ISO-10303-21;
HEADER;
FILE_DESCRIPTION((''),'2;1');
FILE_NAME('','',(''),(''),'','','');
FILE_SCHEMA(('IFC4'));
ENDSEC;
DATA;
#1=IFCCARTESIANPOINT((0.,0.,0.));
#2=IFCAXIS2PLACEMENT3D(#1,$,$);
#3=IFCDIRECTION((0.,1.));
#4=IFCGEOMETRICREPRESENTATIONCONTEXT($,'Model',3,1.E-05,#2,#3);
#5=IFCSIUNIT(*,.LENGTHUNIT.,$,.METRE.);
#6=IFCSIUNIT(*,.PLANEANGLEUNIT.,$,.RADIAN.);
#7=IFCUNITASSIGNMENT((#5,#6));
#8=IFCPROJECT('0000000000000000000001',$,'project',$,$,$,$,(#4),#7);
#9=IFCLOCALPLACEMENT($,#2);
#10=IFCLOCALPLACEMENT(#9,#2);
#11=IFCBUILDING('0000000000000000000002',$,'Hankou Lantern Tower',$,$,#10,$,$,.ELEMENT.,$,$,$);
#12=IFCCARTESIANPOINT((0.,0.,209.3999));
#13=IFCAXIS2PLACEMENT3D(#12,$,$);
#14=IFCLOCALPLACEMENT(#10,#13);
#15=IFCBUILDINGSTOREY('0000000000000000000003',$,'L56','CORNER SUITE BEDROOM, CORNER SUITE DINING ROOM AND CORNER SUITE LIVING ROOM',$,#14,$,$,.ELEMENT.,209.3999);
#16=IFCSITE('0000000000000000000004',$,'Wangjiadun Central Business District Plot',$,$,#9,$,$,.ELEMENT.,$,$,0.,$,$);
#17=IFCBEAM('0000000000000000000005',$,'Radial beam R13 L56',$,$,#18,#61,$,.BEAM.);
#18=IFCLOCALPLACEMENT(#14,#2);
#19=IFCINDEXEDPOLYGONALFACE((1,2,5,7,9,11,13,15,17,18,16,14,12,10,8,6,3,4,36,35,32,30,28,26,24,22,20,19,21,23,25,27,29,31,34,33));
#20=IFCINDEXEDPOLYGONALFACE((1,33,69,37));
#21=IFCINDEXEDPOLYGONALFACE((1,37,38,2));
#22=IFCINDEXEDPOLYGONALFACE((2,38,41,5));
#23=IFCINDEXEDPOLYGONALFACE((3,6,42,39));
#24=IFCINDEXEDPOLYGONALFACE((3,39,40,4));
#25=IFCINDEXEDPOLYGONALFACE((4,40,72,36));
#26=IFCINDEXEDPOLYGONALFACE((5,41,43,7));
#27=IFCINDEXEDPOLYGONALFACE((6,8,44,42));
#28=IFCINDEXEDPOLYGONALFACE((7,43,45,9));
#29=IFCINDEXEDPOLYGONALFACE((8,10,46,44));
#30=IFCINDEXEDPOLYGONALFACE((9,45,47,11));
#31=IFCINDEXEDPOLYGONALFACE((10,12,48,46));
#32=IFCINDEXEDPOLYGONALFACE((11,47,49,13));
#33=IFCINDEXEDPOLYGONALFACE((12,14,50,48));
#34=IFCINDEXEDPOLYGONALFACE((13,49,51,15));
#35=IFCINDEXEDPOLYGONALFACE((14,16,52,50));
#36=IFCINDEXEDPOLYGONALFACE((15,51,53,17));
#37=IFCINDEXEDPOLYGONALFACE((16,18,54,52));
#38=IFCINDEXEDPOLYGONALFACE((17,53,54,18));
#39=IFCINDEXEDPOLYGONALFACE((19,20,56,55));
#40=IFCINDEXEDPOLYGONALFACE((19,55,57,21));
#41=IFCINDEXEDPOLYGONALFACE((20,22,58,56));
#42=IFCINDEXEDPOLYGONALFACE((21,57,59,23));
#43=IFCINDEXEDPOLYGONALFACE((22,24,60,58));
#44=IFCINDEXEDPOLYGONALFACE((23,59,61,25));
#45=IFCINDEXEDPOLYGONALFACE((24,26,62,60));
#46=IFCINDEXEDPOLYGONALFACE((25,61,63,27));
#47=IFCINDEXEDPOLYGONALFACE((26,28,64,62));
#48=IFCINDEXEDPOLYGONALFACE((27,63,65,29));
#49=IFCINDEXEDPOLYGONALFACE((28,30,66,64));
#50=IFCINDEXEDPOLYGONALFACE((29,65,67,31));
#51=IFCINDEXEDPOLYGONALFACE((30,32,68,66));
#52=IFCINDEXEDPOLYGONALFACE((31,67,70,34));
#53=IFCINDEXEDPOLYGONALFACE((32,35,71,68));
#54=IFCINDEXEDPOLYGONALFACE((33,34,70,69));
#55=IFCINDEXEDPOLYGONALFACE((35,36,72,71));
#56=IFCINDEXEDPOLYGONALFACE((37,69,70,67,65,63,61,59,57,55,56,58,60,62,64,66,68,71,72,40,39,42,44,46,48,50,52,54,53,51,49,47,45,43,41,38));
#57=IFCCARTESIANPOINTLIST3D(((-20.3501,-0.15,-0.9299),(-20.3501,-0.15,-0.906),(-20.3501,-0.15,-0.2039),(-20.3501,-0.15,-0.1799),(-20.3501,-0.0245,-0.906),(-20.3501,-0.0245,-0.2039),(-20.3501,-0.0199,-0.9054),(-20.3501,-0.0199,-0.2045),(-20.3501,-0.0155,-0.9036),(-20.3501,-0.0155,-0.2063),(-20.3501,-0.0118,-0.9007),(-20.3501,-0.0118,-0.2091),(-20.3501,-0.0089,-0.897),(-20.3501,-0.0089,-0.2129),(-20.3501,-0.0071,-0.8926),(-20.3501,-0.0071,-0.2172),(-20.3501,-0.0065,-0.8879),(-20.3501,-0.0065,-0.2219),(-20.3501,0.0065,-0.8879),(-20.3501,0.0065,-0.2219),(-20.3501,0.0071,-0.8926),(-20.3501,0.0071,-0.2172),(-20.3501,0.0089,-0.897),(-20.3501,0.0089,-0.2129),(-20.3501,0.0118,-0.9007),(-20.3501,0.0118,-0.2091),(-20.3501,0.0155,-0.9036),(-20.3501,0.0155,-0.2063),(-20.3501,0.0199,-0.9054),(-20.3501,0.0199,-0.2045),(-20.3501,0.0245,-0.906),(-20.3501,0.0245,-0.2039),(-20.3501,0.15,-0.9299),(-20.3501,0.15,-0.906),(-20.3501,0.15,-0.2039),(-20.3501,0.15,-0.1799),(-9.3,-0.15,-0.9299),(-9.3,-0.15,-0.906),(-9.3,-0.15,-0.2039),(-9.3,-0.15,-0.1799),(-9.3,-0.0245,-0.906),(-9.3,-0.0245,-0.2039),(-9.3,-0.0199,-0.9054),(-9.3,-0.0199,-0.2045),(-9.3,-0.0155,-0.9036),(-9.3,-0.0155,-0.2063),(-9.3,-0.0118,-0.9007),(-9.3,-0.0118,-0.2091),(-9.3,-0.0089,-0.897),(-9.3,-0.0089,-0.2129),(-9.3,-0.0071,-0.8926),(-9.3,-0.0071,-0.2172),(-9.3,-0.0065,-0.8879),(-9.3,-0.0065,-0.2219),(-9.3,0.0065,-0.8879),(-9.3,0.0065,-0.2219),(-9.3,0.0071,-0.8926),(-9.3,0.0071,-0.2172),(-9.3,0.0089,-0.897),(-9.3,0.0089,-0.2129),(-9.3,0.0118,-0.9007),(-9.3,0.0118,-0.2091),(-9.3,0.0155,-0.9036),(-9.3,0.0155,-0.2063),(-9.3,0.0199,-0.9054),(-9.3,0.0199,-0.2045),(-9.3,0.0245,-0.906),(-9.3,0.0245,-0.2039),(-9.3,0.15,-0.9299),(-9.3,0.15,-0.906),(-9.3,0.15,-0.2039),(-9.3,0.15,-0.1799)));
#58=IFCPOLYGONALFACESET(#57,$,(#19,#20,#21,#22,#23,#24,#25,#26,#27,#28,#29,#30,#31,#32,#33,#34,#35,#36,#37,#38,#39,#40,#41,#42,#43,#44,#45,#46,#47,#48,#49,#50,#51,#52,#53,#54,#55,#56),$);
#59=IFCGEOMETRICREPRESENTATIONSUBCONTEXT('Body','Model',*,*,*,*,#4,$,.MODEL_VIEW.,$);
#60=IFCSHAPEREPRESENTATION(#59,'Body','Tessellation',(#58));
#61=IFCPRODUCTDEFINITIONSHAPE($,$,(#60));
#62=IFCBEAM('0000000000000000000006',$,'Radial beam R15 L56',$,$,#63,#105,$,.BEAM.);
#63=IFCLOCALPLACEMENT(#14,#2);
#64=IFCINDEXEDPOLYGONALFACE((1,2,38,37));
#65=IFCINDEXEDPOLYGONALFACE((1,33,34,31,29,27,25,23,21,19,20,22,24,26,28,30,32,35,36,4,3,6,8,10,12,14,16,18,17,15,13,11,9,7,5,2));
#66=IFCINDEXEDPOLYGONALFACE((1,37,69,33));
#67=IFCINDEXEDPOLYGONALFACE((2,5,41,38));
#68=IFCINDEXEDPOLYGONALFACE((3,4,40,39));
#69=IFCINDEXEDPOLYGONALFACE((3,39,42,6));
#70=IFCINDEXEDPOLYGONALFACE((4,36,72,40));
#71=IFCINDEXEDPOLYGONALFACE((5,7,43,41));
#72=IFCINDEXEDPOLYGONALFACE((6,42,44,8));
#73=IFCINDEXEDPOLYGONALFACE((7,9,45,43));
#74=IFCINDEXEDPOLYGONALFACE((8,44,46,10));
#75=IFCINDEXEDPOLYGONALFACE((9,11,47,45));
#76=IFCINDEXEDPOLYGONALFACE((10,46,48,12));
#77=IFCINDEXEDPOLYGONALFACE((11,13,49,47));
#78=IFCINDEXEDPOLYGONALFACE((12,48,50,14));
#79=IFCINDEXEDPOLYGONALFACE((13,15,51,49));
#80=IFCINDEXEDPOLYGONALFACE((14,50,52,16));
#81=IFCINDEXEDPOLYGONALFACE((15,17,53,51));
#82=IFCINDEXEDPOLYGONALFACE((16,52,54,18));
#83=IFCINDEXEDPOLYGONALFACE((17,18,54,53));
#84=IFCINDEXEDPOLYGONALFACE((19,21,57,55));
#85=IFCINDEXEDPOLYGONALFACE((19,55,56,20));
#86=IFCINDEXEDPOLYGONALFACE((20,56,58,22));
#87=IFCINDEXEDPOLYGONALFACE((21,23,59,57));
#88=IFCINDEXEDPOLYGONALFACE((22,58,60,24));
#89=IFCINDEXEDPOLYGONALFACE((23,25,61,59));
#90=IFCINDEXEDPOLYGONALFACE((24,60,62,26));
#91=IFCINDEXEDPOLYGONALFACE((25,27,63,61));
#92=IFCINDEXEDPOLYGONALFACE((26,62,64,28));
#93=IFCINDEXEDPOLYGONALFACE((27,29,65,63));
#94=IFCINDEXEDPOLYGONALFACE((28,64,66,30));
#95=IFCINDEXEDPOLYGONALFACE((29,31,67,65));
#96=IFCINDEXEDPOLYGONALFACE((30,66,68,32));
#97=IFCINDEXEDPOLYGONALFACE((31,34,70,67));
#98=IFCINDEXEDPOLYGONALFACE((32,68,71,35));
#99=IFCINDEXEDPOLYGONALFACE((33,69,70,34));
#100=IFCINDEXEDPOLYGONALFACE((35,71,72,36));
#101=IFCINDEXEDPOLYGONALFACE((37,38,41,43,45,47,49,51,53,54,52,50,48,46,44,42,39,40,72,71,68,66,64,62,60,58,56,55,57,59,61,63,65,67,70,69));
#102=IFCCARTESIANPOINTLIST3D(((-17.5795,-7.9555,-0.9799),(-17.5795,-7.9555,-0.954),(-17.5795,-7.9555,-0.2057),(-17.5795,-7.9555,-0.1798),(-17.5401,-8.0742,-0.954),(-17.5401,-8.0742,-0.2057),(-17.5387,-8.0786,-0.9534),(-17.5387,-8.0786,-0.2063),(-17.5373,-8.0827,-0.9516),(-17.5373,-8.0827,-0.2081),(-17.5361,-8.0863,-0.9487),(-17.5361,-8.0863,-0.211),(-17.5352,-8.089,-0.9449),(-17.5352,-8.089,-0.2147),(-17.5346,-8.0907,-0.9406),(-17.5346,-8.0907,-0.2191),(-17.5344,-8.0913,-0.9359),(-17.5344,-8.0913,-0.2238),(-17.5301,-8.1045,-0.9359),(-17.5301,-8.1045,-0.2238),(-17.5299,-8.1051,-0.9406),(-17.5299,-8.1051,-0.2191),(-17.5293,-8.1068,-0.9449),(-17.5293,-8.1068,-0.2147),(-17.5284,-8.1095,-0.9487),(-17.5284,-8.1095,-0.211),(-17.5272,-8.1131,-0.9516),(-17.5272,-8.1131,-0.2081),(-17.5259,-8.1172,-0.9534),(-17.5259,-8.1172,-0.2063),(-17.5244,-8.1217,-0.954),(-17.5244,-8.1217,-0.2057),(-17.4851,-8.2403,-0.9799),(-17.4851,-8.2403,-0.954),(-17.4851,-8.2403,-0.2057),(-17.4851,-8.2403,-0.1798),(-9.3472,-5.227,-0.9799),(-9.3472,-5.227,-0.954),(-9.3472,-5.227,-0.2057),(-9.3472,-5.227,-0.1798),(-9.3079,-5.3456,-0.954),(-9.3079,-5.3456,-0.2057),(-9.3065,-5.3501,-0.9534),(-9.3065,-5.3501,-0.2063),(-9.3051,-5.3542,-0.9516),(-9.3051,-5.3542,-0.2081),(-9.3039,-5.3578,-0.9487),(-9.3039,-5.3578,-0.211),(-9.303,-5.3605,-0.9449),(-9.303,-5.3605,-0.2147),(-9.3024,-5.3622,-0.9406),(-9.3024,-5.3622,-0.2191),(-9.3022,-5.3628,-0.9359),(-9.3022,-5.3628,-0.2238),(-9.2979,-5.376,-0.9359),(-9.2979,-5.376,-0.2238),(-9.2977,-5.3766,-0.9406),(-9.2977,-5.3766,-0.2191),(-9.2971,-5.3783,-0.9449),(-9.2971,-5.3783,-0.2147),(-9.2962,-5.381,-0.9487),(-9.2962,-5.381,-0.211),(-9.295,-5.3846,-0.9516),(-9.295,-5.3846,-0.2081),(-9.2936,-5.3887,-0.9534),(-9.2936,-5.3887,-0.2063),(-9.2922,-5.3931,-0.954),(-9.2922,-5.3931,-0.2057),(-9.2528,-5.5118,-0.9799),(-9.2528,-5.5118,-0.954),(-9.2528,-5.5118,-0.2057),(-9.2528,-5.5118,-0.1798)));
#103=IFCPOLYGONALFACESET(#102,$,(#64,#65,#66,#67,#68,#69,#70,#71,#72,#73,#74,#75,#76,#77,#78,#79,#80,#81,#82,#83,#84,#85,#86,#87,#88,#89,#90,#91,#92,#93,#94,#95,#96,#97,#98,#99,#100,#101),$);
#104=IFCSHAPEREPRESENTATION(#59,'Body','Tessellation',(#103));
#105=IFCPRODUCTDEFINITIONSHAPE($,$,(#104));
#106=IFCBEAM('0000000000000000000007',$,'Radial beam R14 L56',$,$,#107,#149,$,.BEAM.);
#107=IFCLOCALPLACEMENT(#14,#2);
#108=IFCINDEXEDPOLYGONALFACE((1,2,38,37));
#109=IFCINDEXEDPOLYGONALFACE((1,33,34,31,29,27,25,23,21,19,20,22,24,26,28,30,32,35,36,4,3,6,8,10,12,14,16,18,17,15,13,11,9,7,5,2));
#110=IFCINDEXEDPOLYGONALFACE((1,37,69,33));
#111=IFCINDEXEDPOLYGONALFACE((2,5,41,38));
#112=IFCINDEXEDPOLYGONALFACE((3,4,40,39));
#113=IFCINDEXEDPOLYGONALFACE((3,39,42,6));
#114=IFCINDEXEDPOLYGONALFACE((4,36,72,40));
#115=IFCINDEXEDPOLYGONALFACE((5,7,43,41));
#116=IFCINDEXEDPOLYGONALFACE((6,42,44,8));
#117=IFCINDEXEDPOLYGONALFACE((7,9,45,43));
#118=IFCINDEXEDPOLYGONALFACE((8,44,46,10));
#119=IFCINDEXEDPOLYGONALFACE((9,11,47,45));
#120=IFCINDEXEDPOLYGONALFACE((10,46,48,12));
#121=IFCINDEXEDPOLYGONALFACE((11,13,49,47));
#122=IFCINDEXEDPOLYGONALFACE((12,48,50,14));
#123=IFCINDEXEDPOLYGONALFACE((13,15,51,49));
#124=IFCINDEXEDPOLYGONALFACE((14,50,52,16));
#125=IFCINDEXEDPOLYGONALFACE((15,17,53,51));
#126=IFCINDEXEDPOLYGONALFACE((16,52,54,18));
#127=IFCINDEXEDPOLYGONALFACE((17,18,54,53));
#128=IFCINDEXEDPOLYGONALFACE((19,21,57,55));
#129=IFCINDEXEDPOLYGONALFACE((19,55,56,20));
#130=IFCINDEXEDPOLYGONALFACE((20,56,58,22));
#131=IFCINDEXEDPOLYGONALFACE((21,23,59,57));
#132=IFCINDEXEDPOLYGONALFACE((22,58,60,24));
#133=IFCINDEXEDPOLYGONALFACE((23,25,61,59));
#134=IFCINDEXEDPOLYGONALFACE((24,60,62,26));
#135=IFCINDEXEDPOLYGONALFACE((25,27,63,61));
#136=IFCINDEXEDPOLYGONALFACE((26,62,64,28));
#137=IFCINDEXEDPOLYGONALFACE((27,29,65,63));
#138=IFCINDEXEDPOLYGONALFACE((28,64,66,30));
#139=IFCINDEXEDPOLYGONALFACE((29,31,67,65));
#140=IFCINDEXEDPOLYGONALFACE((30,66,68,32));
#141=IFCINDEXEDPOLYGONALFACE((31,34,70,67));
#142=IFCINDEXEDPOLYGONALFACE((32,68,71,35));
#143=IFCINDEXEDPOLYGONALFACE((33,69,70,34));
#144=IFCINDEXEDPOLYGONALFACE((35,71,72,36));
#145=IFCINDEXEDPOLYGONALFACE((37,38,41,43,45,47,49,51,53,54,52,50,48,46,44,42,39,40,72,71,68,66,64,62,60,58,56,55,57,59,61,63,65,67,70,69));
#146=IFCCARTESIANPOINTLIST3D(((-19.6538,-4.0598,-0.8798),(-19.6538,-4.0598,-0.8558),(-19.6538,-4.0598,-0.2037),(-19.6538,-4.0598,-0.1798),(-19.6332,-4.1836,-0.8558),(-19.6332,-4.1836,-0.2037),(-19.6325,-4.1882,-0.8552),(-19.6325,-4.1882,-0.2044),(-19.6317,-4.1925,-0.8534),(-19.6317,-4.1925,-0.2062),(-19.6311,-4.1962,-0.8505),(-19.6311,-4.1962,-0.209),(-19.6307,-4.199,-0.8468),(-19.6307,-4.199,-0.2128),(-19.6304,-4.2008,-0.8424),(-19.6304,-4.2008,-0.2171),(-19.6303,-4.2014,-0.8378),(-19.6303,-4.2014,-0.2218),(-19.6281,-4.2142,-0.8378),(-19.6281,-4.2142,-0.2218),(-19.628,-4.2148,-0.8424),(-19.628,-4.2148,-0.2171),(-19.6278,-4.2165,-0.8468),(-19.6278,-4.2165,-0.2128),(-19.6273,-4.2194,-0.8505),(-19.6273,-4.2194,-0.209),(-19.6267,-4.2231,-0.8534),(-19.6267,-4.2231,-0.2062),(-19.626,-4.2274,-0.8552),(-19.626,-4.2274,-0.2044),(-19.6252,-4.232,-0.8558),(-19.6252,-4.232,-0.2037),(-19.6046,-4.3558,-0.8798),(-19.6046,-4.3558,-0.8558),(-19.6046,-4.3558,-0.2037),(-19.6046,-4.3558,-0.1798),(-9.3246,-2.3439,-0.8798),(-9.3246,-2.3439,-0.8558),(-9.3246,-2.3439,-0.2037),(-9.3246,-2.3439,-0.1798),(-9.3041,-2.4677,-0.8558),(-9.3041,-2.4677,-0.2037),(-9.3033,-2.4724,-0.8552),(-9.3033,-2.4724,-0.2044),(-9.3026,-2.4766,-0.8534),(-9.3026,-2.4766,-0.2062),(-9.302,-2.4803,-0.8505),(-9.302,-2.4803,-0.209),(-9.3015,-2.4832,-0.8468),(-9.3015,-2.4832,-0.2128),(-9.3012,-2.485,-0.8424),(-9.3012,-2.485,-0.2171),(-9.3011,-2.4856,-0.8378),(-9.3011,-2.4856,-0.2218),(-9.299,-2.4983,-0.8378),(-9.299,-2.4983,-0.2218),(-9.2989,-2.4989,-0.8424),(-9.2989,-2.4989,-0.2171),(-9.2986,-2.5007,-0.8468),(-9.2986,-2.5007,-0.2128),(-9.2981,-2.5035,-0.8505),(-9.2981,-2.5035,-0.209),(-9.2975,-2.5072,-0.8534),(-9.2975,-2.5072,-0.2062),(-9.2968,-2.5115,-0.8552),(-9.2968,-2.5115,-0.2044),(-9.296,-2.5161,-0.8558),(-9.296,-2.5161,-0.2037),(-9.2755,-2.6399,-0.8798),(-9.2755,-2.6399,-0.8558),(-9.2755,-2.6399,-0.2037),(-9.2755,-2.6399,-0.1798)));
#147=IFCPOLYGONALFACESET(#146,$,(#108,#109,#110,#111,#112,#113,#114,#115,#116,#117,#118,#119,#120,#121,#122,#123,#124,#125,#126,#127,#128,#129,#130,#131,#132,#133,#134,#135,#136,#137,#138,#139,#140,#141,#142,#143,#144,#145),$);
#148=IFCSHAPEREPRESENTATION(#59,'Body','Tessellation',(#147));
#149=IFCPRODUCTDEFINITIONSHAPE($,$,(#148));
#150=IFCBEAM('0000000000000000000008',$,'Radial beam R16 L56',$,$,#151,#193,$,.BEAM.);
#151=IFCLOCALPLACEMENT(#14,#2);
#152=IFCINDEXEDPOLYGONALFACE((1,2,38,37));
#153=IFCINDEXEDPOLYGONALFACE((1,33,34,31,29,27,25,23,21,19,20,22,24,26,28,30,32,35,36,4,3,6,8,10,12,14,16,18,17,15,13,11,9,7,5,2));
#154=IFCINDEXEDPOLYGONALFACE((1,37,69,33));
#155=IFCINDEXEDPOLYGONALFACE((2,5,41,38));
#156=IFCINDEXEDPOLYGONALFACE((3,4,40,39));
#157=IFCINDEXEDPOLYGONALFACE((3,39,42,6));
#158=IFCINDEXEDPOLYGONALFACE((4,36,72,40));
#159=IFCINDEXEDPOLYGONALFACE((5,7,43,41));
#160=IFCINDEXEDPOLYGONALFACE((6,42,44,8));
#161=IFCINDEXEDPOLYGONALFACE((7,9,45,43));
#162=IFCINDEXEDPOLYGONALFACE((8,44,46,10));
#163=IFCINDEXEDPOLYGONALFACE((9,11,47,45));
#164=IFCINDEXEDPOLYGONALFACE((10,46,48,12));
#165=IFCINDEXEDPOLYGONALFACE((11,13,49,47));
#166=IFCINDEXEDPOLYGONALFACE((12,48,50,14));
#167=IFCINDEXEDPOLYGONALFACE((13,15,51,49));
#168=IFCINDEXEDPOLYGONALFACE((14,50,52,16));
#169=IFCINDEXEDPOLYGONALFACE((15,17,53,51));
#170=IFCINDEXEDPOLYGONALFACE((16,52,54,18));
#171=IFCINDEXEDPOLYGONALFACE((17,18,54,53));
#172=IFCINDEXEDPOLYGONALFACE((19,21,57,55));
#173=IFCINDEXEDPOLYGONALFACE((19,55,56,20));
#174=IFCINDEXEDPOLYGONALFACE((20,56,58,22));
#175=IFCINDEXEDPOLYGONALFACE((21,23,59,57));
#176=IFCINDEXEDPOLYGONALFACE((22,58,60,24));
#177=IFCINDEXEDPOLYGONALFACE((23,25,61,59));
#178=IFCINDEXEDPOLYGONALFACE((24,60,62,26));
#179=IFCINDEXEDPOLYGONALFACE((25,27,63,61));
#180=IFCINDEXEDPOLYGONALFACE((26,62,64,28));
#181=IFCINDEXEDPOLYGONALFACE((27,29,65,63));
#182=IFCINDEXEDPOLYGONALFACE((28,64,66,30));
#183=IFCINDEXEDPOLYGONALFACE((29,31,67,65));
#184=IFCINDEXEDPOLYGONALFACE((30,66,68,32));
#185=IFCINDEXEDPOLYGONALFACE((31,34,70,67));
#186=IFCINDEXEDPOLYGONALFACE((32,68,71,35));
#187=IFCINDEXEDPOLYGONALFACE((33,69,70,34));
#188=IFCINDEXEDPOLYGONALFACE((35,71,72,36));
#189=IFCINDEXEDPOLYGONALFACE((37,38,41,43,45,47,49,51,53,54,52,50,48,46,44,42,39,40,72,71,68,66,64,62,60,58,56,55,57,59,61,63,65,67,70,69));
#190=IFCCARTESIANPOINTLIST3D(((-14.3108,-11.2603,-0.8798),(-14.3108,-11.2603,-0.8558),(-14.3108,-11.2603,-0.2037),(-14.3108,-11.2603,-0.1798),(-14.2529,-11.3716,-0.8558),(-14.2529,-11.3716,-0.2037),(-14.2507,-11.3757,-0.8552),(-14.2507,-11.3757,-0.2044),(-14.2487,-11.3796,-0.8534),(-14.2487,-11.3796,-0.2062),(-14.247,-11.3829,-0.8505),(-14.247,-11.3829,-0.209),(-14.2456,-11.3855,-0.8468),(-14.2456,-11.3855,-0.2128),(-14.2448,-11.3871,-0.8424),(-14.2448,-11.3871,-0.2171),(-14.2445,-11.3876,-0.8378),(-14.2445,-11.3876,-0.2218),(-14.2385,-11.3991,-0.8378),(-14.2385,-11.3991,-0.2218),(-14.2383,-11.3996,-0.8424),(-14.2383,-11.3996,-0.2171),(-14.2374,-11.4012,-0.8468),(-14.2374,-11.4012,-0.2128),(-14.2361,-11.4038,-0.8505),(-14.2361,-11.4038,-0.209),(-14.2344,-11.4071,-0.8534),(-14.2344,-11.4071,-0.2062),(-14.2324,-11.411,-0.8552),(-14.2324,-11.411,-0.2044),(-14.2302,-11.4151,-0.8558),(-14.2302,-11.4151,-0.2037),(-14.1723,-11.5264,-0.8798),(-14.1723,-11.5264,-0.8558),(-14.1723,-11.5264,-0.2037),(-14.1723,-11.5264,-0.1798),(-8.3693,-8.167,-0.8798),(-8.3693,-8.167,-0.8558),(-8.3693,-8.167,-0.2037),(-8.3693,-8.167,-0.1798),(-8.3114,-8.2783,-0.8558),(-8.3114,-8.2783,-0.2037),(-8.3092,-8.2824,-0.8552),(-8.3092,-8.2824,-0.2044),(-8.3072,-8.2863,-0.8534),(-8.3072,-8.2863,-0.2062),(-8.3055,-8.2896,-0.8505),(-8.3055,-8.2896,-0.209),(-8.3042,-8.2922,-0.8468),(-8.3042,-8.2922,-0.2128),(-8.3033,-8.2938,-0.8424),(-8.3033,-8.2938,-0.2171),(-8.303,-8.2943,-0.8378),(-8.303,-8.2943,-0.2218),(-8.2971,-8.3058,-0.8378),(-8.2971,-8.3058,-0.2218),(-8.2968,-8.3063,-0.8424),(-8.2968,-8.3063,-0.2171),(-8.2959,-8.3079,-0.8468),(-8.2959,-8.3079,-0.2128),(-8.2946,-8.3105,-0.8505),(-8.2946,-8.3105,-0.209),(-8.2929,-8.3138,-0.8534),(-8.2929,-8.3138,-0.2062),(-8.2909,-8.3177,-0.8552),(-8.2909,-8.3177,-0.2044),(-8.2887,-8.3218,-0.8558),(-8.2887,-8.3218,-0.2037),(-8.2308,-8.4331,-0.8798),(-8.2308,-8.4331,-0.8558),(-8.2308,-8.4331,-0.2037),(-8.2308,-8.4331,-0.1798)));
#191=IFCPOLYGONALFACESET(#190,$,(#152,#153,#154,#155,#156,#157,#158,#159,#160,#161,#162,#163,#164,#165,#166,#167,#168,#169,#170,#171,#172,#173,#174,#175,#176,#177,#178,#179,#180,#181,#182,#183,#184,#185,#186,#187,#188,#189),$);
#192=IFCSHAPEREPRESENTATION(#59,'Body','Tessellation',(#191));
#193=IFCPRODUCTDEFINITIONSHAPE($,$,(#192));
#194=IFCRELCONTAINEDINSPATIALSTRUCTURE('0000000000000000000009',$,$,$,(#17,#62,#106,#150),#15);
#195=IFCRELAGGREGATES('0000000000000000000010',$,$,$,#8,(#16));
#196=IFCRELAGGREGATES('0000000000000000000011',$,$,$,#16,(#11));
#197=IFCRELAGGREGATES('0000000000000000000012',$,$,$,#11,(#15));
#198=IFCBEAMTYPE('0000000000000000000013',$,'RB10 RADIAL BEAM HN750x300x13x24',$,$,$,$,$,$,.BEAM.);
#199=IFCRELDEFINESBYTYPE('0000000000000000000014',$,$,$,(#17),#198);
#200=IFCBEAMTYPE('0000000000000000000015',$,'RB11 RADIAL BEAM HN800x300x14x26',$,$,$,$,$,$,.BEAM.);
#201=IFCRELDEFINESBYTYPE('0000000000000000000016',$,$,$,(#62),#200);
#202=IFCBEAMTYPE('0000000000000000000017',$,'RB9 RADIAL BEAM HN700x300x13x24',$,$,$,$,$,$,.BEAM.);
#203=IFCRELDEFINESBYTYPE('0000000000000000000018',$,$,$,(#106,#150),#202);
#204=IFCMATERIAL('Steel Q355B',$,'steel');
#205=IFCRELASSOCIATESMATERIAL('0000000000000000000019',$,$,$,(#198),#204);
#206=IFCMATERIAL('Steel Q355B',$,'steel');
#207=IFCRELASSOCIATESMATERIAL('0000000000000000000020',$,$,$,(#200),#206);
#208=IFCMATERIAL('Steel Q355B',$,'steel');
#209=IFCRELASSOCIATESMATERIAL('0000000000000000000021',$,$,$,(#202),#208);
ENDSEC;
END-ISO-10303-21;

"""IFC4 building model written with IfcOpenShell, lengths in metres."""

from ifc_helpers import new_model, si_unit, direction, frame, origin, origin_2d, place, context, subcontext, project, spatial, i_section, extrude, material, material_profile, profile_set, type_object, element, save


model = new_model("IFC4")

# Units and contexts
model_context = context("Model", 3, precision=1e-05, world=origin(), true_north=direction((0.0, 1.0)))
body_context = subcontext(model_context, "Body", "Model", "MODEL_VIEW")
ifc_project = project(units=[si_unit("LENGTHUNIT", "METRE"), si_unit("PLANEANGLEUNIT", "RADIAN")], contexts=[model_context])

# Site, building, storey
site_placement = place(None, origin())
site = spatial("IfcSite", under=ifc_project, at=site_placement, Name="Wangjiadun Central Business District Plot", CompositionType="ELEMENT", RefElevation=0.0)
building_placement = place(site_placement, origin())
building = spatial("IfcBuilding", under=site, at=building_placement, Name="Hankou Lantern Tower", CompositionType="ELEMENT")
storey_placement = place(building_placement, frame((0.0, 0.0, 209.3999)))
storey = spatial("IfcBuildingStorey", under=building, at=storey_placement, Name="L56", Description="CORNER SUITE BEDROOM, CORNER SUITE DINING ROOM AND CORNER SUITE LIVING ROOM", CompositionType="ELEMENT", Elevation=209.3999)

# Beams
ifc_material_1 = material(Name="Steel Q355B", Category="steel")
ifc_material_profile_1 = material_profile(ifc_material_1, i_section(OverallWidth=0.3, OverallDepth=0.75, WebThickness=0.0129, FlangeThickness=0.0239, FilletRadius=0.0181, at=origin_2d()), Name="HN750x300x13x24")
ifc_profile_set_1 = profile_set([ifc_material_profile_1], Name="Steel Q355B")
beam_type_1 = type_object("IfcBeamType", Name="RB10 RADIAL BEAM HN750x300x13x24", PredefinedType="BEAM", material=ifc_profile_set_1)
beam_1_placement = place(storey_placement, frame((-9.3, 0.0, -0.5549), z_axis=(-1.0, 0.0, 0.0), x_axis=(0.0, -1.0, 0.0)))
element("IfcBeam", 1, at=beam_1_placement, inside=storey, type_object=beam_type_1, Name="Radial beam R13 L56", PredefinedType="BEAM", context=body_context, shape_type="SweptSolid", body=[
    extrude(i_section(OverallWidth=0.3, OverallDepth=0.75, WebThickness=0.0129, FlangeThickness=0.0239, FilletRadius=0.0181, at=origin_2d()), origin(), (0.0, 0.0, 1.0), 11.05),
])
ifc_material_2 = material(Name="Steel Q355B", Category="steel")
ifc_material_profile_2 = material_profile(ifc_material_2, i_section(OverallWidth=0.3, OverallDepth=0.8, WebThickness=0.0139, FlangeThickness=0.0259, FilletRadius=0.0181, at=origin_2d()), Name="HN800x300x14x26")
ifc_profile_set_2 = profile_set([ifc_material_profile_2], Name="Steel Q355B")
beam_type_2 = type_object("IfcBeamType", Name="RB11 RADIAL BEAM HN800x300x14x26", PredefinedType="BEAM", material=ifc_profile_set_2)
beam_2_placement = place(storey_placement, frame((-9.3, -5.3694, -0.5798), z_axis=(-0.94922, -0.314614, 0.0), x_axis=(0.314614, -0.94922, 0.0)))
element("IfcBeam", 2, at=beam_2_placement, inside=storey, type_object=beam_type_2, Name="Radial beam R15 L56", PredefinedType="BEAM", context=body_context, shape_type="SweptSolid", body=[
    extrude(i_section(OverallWidth=0.3, OverallDepth=0.8, WebThickness=0.0139, FlangeThickness=0.0259, FilletRadius=0.0181, at=origin_2d()), origin(), (0.0, 0.0, 1.0), 8.6726),
])
ifc_material_3 = material(Name="Steel Q355B", Category="steel")
ifc_material_profile_3 = material_profile(ifc_material_3, i_section(OverallWidth=0.3, OverallDepth=0.7, WebThickness=0.0129, FlangeThickness=0.0239, FilletRadius=0.0181, at=origin_2d()), Name="HN700x300x13x24")
ifc_profile_set_3 = profile_set([ifc_material_profile_3], Name="Steel Q355B")
beam_type_3 = type_object("IfcBeamType", Name="RB9 RADIAL BEAM HN700x300x13x24", PredefinedType="BEAM", material=ifc_profile_set_3)
beam_3_placement = place(storey_placement, frame((-9.3, -2.4919, -0.5298), z_axis=(-0.986482, -0.16387, 0.0), x_axis=(0.16387, -0.986482, 0.0)))
element("IfcBeam", 3, at=beam_3_placement, inside=storey, type_object=beam_type_3, Name="Radial beam R14 L56", PredefinedType="BEAM", context=body_context, shape_type="SweptSolid", body=[
    extrude(i_section(OverallWidth=0.3, OverallDepth=0.7, WebThickness=0.0129, FlangeThickness=0.0239, FilletRadius=0.0181, at=origin_2d()), origin(), (0.0, 0.0, 1.0), 10.4707),
])
beam_4_placement = place(storey_placement, frame((-8.3, -8.3, -0.5298), z_axis=(-0.886989, -0.461791, 0.0), x_axis=(0.461791, -0.886989, 0.0)))
element("IfcBeam", 4, at=beam_4_placement, inside=storey, type_object=beam_type_3, Name="Radial beam R16 L56", PredefinedType="BEAM", context=body_context, shape_type="SweptSolid", body=[
    extrude(i_section(OverallWidth=0.3, OverallDepth=0.7, WebThickness=0.0129, FlangeThickness=0.0239, FilletRadius=0.0181, at=origin_2d()), origin(), (0.0, 0.0, 1.0), 6.6985),
])

save(model, "model.ifc")
